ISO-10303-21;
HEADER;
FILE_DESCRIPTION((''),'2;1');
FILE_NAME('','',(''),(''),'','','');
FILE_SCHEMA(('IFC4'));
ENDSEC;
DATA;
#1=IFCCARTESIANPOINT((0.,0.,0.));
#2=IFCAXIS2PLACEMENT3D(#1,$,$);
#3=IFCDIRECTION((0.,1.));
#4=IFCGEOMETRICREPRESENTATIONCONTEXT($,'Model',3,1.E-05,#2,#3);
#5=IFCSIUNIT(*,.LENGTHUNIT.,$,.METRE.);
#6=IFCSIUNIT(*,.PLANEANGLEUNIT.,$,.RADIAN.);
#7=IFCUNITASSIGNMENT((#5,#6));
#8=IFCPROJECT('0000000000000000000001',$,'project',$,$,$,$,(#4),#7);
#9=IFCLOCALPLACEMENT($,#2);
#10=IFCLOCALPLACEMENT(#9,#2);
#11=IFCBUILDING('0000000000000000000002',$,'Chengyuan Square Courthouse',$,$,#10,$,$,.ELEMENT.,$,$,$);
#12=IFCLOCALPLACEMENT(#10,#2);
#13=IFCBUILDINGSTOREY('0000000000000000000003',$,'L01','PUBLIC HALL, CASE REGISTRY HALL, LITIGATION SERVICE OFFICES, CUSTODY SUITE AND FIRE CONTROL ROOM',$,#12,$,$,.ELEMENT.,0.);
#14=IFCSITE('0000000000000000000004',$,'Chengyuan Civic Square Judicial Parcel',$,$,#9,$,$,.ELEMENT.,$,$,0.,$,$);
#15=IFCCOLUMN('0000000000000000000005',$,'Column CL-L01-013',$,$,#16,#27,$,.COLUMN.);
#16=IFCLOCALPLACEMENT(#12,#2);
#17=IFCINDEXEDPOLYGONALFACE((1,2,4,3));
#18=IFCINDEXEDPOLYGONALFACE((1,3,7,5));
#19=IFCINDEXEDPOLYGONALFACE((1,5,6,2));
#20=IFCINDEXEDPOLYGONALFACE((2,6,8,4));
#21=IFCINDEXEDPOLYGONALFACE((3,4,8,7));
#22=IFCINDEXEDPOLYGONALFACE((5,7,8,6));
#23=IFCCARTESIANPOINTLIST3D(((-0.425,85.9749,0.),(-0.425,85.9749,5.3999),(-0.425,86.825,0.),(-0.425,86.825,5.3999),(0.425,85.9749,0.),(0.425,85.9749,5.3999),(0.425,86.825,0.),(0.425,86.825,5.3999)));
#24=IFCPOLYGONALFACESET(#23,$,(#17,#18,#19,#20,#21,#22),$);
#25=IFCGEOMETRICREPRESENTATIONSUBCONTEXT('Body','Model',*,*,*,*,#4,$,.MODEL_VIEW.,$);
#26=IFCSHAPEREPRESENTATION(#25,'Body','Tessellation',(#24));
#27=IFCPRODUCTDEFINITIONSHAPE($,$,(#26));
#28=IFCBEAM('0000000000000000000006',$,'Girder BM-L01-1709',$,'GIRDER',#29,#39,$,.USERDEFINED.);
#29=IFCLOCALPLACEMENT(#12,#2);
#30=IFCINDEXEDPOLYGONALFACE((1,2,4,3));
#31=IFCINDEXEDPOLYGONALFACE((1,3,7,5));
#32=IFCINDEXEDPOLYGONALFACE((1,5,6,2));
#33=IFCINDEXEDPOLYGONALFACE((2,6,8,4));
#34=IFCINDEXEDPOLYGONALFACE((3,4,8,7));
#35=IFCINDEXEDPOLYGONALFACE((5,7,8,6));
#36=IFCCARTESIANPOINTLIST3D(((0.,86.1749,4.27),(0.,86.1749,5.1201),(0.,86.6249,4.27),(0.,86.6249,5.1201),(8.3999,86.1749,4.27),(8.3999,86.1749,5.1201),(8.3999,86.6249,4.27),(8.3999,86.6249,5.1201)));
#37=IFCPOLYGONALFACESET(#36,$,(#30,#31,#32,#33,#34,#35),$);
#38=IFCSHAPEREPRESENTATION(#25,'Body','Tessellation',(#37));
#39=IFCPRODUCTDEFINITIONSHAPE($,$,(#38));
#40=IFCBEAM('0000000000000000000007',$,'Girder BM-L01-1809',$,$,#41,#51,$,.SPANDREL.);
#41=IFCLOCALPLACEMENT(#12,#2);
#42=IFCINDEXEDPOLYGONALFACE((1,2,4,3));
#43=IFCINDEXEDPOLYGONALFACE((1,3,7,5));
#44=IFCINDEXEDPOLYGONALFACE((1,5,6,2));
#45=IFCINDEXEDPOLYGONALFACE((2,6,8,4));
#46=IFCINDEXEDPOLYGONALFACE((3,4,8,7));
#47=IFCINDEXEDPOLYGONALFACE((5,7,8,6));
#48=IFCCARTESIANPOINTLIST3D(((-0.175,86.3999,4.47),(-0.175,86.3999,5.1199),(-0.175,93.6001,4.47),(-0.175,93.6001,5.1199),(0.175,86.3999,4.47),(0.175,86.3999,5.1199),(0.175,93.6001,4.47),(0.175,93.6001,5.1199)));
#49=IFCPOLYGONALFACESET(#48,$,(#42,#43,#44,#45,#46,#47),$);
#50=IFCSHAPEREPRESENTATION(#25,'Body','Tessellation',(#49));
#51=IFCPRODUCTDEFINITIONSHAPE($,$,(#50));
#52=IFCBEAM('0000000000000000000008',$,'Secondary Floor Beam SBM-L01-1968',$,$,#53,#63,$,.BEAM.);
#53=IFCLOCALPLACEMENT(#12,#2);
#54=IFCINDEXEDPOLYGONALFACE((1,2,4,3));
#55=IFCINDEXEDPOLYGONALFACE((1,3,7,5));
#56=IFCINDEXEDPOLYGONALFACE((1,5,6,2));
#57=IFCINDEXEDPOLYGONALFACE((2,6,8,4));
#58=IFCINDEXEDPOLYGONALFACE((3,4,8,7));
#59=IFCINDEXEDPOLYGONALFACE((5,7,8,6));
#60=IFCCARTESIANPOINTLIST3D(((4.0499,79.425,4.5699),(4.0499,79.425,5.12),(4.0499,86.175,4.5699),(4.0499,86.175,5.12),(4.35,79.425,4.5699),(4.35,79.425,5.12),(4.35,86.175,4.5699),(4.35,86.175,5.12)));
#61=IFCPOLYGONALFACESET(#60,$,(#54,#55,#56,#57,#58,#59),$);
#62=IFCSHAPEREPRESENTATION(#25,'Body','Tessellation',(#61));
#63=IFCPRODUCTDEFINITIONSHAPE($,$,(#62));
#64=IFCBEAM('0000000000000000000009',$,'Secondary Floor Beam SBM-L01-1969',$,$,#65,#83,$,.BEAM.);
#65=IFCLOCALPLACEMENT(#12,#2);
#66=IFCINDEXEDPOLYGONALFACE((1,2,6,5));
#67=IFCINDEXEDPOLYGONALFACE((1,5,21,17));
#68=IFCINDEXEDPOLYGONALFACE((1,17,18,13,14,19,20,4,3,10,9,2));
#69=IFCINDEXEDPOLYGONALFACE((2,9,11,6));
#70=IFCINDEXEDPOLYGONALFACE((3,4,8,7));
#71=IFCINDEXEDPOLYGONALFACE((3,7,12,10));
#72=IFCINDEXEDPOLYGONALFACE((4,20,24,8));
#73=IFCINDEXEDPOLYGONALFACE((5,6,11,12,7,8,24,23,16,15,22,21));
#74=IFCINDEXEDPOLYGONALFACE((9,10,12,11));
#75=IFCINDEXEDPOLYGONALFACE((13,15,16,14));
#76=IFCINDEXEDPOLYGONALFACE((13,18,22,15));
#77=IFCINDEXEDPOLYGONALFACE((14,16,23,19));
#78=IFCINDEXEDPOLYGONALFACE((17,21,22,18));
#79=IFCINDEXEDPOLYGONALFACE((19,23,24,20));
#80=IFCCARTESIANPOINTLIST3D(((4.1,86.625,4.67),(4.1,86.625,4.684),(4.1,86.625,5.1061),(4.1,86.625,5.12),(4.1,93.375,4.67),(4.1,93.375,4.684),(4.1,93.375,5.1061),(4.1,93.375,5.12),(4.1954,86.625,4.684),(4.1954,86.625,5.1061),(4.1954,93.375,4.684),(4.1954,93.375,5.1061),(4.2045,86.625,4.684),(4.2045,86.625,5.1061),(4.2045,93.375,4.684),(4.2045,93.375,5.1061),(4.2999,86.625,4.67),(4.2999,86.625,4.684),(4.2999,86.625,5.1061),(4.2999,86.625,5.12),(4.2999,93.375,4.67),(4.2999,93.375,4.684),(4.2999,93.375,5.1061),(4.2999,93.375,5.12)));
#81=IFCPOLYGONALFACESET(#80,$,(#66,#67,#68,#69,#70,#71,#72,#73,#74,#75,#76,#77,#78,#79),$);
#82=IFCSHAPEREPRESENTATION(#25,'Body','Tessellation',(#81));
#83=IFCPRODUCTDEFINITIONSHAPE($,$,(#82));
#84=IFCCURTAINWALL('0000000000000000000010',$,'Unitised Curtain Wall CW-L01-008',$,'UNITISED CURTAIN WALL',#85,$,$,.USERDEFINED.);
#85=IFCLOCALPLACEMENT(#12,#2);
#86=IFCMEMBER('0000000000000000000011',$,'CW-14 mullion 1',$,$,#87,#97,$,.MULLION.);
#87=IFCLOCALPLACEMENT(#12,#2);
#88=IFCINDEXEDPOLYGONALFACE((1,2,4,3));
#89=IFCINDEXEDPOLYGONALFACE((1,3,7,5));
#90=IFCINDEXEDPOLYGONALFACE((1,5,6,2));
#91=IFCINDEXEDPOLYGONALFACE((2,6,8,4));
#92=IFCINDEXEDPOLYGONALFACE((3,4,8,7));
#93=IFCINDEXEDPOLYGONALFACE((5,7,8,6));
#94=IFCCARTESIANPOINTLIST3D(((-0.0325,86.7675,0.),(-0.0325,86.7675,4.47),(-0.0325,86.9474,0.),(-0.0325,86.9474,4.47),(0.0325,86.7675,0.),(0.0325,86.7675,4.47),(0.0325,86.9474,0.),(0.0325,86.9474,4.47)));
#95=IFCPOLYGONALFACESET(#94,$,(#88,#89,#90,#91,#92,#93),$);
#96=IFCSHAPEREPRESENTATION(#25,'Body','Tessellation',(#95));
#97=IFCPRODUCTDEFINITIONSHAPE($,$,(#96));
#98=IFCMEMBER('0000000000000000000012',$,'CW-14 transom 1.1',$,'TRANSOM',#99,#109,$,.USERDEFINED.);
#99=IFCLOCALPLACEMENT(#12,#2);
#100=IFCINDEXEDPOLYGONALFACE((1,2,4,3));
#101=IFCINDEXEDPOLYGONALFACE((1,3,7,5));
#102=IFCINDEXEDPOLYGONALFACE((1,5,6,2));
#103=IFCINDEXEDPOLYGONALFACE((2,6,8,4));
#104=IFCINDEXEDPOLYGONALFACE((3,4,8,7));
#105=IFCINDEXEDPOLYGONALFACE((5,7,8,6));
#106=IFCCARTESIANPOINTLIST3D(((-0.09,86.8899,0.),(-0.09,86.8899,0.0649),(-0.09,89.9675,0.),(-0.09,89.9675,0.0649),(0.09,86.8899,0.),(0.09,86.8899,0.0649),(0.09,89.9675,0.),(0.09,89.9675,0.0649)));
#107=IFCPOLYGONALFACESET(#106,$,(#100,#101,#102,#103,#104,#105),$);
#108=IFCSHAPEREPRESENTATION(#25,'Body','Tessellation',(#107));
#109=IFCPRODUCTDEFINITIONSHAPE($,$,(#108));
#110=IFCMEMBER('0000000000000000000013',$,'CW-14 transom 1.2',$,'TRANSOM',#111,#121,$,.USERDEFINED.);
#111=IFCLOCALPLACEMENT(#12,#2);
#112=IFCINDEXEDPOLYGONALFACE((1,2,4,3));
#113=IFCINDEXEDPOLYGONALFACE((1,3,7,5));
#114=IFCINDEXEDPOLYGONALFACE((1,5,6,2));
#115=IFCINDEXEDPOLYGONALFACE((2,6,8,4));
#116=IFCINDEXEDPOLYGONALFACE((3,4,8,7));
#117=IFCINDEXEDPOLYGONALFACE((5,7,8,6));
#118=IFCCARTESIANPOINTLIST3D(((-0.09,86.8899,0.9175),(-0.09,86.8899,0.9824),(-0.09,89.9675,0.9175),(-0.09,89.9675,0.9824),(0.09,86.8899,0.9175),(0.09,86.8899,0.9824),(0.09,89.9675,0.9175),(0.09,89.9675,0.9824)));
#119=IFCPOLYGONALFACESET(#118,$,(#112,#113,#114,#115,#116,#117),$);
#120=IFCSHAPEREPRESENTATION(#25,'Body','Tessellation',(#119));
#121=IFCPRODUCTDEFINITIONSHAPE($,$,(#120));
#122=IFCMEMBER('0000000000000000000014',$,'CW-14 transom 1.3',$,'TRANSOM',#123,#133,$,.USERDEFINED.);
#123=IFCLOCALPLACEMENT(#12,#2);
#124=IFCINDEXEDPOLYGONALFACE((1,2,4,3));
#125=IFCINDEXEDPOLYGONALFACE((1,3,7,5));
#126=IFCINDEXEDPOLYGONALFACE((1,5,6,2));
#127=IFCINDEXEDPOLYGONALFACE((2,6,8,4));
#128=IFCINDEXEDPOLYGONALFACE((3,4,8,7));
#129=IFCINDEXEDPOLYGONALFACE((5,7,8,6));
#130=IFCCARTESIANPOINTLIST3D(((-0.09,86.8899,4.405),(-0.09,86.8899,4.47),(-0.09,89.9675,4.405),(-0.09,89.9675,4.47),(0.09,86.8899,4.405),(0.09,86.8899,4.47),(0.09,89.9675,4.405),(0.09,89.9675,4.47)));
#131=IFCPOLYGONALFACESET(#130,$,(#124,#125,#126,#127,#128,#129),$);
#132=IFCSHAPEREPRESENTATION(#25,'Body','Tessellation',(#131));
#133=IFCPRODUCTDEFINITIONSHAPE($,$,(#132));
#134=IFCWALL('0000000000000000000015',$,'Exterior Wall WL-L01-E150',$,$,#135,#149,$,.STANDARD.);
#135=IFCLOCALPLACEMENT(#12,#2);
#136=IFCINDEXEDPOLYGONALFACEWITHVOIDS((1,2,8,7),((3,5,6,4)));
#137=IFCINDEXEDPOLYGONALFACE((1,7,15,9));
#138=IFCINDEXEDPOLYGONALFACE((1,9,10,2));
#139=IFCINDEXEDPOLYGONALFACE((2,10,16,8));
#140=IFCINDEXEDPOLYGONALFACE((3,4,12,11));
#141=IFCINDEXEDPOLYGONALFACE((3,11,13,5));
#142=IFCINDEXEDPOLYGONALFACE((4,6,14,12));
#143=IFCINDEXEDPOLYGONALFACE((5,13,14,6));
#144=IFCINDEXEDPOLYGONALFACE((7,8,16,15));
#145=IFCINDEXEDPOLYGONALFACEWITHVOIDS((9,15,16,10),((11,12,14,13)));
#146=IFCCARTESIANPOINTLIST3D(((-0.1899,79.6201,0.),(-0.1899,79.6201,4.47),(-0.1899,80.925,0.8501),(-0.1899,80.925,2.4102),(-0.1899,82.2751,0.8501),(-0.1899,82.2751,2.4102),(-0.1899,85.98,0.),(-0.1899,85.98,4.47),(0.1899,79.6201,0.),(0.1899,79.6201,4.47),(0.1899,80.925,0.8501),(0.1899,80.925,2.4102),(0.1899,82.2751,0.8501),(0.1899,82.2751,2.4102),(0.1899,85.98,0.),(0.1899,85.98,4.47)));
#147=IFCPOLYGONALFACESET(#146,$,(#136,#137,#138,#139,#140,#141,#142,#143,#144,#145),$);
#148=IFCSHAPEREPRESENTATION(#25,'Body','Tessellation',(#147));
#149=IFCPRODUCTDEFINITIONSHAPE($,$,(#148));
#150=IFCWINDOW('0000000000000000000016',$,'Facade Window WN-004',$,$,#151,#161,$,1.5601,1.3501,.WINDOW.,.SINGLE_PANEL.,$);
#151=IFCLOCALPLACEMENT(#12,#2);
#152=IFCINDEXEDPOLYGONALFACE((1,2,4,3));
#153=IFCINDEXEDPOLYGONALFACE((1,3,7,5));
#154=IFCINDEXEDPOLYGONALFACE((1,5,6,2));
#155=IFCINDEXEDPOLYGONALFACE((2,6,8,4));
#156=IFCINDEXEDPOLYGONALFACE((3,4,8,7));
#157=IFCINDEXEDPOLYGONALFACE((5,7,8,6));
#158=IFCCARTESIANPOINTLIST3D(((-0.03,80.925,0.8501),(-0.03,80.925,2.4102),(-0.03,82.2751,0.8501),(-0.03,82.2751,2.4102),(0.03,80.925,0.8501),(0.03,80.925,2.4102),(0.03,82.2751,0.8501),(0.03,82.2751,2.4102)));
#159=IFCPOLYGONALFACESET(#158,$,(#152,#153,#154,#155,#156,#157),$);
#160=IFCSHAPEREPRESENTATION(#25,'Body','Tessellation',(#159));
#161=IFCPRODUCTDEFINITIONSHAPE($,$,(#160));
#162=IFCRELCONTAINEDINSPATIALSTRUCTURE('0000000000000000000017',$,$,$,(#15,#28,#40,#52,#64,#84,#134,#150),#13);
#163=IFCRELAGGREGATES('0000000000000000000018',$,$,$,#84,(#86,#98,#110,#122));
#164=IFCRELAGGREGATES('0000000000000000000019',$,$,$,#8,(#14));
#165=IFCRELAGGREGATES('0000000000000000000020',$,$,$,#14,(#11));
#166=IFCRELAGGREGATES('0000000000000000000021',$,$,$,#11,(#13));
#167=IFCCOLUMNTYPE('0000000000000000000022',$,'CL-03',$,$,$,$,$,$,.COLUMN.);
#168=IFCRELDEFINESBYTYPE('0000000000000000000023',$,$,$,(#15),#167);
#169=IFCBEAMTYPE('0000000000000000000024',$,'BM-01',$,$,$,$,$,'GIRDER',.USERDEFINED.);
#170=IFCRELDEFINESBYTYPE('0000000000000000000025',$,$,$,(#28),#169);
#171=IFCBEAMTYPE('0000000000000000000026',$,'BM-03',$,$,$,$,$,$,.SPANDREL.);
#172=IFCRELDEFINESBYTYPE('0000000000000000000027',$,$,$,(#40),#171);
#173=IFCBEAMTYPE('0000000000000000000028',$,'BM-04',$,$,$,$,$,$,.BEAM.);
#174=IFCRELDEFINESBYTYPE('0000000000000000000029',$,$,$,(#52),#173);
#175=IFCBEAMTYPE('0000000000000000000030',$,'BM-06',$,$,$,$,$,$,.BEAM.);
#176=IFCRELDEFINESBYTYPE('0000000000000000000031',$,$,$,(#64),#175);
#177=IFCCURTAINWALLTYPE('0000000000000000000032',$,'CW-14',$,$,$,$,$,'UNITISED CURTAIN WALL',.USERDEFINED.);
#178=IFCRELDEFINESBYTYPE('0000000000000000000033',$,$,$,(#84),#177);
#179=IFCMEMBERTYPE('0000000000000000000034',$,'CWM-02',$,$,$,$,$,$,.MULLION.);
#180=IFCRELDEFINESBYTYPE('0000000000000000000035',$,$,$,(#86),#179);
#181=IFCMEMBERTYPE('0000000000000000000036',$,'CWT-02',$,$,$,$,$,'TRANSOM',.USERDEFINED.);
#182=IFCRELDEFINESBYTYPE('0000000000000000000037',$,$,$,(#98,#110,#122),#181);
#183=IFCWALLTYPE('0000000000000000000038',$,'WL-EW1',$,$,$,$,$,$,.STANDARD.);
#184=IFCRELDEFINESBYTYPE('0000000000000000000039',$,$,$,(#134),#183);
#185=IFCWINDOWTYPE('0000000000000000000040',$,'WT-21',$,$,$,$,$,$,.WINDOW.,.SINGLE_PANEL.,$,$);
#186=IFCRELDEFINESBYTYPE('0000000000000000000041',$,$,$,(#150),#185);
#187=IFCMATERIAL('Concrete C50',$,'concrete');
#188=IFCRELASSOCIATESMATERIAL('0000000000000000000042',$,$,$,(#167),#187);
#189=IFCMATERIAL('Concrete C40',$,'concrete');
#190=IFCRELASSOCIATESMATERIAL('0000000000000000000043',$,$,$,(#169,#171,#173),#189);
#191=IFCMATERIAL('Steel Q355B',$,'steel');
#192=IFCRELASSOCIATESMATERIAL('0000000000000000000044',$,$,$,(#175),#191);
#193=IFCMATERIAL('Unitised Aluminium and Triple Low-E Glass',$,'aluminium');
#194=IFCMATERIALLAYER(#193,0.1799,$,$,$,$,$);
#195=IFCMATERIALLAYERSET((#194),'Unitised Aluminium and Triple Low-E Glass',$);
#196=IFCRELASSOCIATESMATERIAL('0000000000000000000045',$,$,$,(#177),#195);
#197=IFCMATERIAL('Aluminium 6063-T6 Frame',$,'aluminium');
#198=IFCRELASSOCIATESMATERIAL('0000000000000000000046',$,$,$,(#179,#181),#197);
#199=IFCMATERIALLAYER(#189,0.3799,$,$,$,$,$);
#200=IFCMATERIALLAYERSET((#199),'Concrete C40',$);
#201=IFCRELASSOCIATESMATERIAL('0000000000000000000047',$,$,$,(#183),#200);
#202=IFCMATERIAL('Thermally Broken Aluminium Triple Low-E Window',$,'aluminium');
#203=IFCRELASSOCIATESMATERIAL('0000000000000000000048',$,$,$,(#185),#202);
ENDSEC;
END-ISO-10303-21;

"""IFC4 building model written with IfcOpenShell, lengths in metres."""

from ifc_helpers import new_model, si_unit, direction, frame, frame_2d, origin, origin_2d, place, context, subcontext, project, spatial, rectangle, i_section, extrude, material, layer, layer_set, material_profile, profile_set, type_object, element, fill, aggregate, save


model = new_model("IFC4")

# Units and contexts
model_context = context("Model", 3, precision=1e-05, world=origin(), true_north=direction((0.0, 1.0)))
body_context = subcontext(model_context, "Body", "Model", "MODEL_VIEW")
ifc_project = project(units=[si_unit("LENGTHUNIT", "METRE"), si_unit("PLANEANGLEUNIT", "RADIAN")], contexts=[model_context])

# Site, building, storey
site_placement = place(None, origin())
site = spatial("IfcSite", under=ifc_project, at=site_placement, Name="Chengyuan Civic Square Judicial Parcel", CompositionType="ELEMENT", RefElevation=0.0)
building_placement = place(site_placement, origin())
building = spatial("IfcBuilding", under=site, at=building_placement, Name="Chengyuan Square Courthouse", CompositionType="ELEMENT")
storey_placement = place(building_placement, origin())
storey = spatial("IfcBuildingStorey", under=building, at=storey_placement, Name="L01", Description="PUBLIC HALL, CASE REGISTRY HALL, LITIGATION SERVICE OFFICES, CUSTODY SUITE AND FIRE CONTROL ROOM", CompositionType="ELEMENT", Elevation=0.0)

# Column
ifc_material_1 = material(Name="Concrete C50", Category="concrete")
ifc_material_profile_1 = material_profile(ifc_material_1, rectangle(XDim=0.8501, YDim=0.8501, at=origin_2d()), Name="RC-COL-850x850")
ifc_profile_set_1 = profile_set([ifc_material_profile_1], Name="Concrete C50")
column_type = type_object("IfcColumnType", Name="CL-03", PredefinedType="COLUMN", material=ifc_profile_set_1)
column_placement = place(storey_placement, frame((0.0, 86.3999, 0.0), z_axis=(0.0, 0.0, 1.0), x_axis=(1.0, 0.0, 0.0)))
element("IfcColumn", 1, at=column_placement, inside=storey, type_object=column_type, Name="Column CL-L01-013", PredefinedType="COLUMN", context=body_context, shape_type="SweptSolid", body=[
    extrude(rectangle(XDim=0.8501, YDim=0.8501, at=origin_2d()), origin(), (0.0, 0.0, 1.0), 5.3999),
])

# Beams
ifc_material_2 = material(Name="Concrete C40", Category="concrete")
ifc_material_profile_2 = material_profile(ifc_material_2, rectangle(XDim=0.45, YDim=0.8501, at=origin_2d()), Name="RC-BM-450x850")
ifc_profile_set_2 = profile_set([ifc_material_profile_2], Name="Concrete C40")
beam_type_1 = type_object("IfcBeamType", Name="BM-01", ElementType="GIRDER", PredefinedType="USERDEFINED", material=ifc_profile_set_2)
beam_1_placement = place(storey_placement, frame((0.0, 86.3999, 4.6951), z_axis=(1.0, 0.0, 0.0), x_axis=(0.0, 1.0, 0.0)))
element("IfcBeam", 2, at=beam_1_placement, inside=storey, type_object=beam_type_1, Name="Girder BM-L01-1709", ObjectType="GIRDER", PredefinedType="USERDEFINED", context=body_context, shape_type="SweptSolid", body=[
    extrude(rectangle(XDim=0.45, YDim=0.8501, at=origin_2d()), origin(), (0.0, 0.0, 1.0), 8.3999),
])
ifc_material_profile_3 = material_profile(ifc_material_2, rectangle(XDim=0.3501, YDim=0.6499, at=origin_2d()), Name="RC-BM-350x650")
ifc_profile_set_3 = profile_set([ifc_material_profile_3], Name="Concrete C40")
beam_type_2 = type_object("IfcBeamType", Name="BM-03", PredefinedType="SPANDREL", material=ifc_profile_set_3)
beam_2_placement = place(storey_placement, frame((0.0, 86.3999, 4.7949), z_axis=(0.0, 1.0, 0.0), x_axis=(-1.0, 0.0, 0.0)))
element("IfcBeam", 3, at=beam_2_placement, inside=storey, type_object=beam_type_2, Name="Girder BM-L01-1809", PredefinedType="SPANDREL", context=body_context, shape_type="SweptSolid", body=[
    extrude(rectangle(XDim=0.3501, YDim=0.6499, at=origin_2d()), origin(), (0.0, 0.0, 1.0), 7.2002),
])
ifc_material_profile_4 = material_profile(ifc_material_2, rectangle(XDim=0.3, YDim=0.55, at=origin_2d()), Name="RC-BM-300x550")
ifc_profile_set_4 = profile_set([ifc_material_profile_4], Name="Concrete C40")
beam_type_3 = type_object("IfcBeamType", Name="BM-04", PredefinedType="BEAM", material=ifc_profile_set_4)
beam_3_placement = place(storey_placement, frame((4.2, 79.425, 4.845), z_axis=(0.0, 1.0, 0.0), x_axis=(-1.0, 0.0, 0.0)))
element("IfcBeam", 4, at=beam_3_placement, inside=storey, type_object=beam_type_3, Name="Secondary Floor Beam SBM-L01-1968", PredefinedType="BEAM", context=body_context, shape_type="SweptSolid", body=[
    extrude(rectangle(XDim=0.3, YDim=0.55, at=origin_2d()), origin(), (0.0, 0.0, 1.0), 6.75),
])
ifc_material_3 = material(Name="Steel Q355B", Category="steel")
ifc_material_profile_5 = material_profile(ifc_material_3, i_section(OverallWidth=0.2, OverallDepth=0.45, WebThickness=0.009, FlangeThickness=0.0139, at=origin_2d()), Name="HN 450x200x9x14")
ifc_profile_set_5 = profile_set([ifc_material_profile_5], Name="Steel Q355B")
beam_type_4 = type_object("IfcBeamType", Name="BM-06", PredefinedType="BEAM", material=ifc_profile_set_5)
beam_4_placement = place(storey_placement, frame((4.2, 86.625, 4.895), z_axis=(0.0, 1.0, 0.0), x_axis=(-1.0, 0.0, 0.0)))
element("IfcBeam", 5, at=beam_4_placement, inside=storey, type_object=beam_type_4, Name="Secondary Floor Beam SBM-L01-1969", PredefinedType="BEAM", context=body_context, shape_type="SweptSolid", body=[
    extrude(i_section(OverallWidth=0.2, OverallDepth=0.45, WebThickness=0.009, FlangeThickness=0.0139, at=origin_2d()), origin(), (0.0, 0.0, 1.0), 6.75),
])

# Curtain wall, members
ifc_material_4 = material(Name="Unitised Aluminium and Triple Low-E Glass", Category="aluminium")
ifc_layer_1 = layer(ifc_material_4, 0.1799)
ifc_layer_set_1 = layer_set([ifc_layer_1], Name="Unitised Aluminium and Triple Low-E Glass")
curtain_wall_type = type_object("IfcCurtainWallType", Name="CW-14", ElementType="UNITISED CURTAIN WALL", PredefinedType="USERDEFINED", material=ifc_layer_set_1)
curtain_wall_placement = place(storey_placement, origin())
curtain_wall = element("IfcCurtainWall", 6, at=curtain_wall_placement, inside=storey, type_object=curtain_wall_type, Name="Unitised Curtain Wall CW-L01-008", ObjectType="UNITISED CURTAIN WALL", PredefinedType="USERDEFINED")
ifc_material_5 = material(Name="Aluminium 6063-T6 Frame", Category="aluminium")
ifc_material_profile_6 = material_profile(ifc_material_5, rectangle(XDim=0.0649, YDim=0.1799, at=origin_2d()), Name="CW-MUL-65x180")
ifc_profile_set_6 = profile_set([ifc_material_profile_6], Name="Aluminium 6063-T6 Frame")
member_type_1 = type_object("IfcMemberType", Name="CWM-02", PredefinedType="MULLION", material=ifc_profile_set_6)
member_1_placement = place(storey_placement, frame((0.0, 86.8574, 0.0), z_axis=(0.0, 0.0, 1.0), x_axis=(-1.0, 0.0, 0.0)))
member_1 = element("IfcMember", 7, at=member_1_placement, type_object=member_type_1, Name="CW-14 mullion 1", PredefinedType="MULLION", context=body_context, shape_type="SweptSolid", body=[
    extrude(rectangle(XDim=0.0649, YDim=0.1799, at=origin_2d()), origin(), (0.0, 0.0, 1.0), 4.47),
])
ifc_material_profile_7 = material_profile(ifc_material_5, rectangle(XDim=0.1799, YDim=0.0649, at=origin_2d()), Name="CW-TRN-65x140")
ifc_profile_set_7 = profile_set([ifc_material_profile_7], Name="Aluminium 6063-T6 Frame")
member_type_2 = type_object("IfcMemberType", Name="CWT-02", ElementType="TRANSOM", PredefinedType="USERDEFINED", material=ifc_profile_set_7)
member_2_placement = place(storey_placement, frame((0.0, 86.8899, 0.0325), z_axis=(0.0, 1.0, 0.0), x_axis=(-1.0, 0.0, 0.0)))
member_2 = element("IfcMember", 8, at=member_2_placement, type_object=member_type_2, Name="CW-14 transom 1.1", ObjectType="TRANSOM", PredefinedType="USERDEFINED", context=body_context, shape_type="SweptSolid", body=[
    extrude(rectangle(XDim=0.1799, YDim=0.0649, at=origin_2d()), origin(), (0.0, 0.0, 1.0), 3.0776),
])
member_3_placement = place(storey_placement, frame((0.0, 86.8899, 0.95), z_axis=(0.0, 1.0, 0.0), x_axis=(-1.0, 0.0, 0.0)))
member_3 = element("IfcMember", 9, at=member_3_placement, type_object=member_type_2, Name="CW-14 transom 1.2", ObjectType="TRANSOM", PredefinedType="USERDEFINED", context=body_context, shape_type="SweptSolid", body=[
    extrude(rectangle(XDim=0.1799, YDim=0.0649, at=origin_2d()), origin(), (0.0, 0.0, 1.0), 3.0776),
])
member_4_placement = place(storey_placement, frame((0.0, 86.8899, 4.4375), z_axis=(0.0, 1.0, 0.0), x_axis=(-1.0, 0.0, 0.0)))
member_4 = element("IfcMember", 10, at=member_4_placement, type_object=member_type_2, Name="CW-14 transom 1.3", ObjectType="TRANSOM", PredefinedType="USERDEFINED", context=body_context, shape_type="SweptSolid", body=[
    extrude(rectangle(XDim=0.1799, YDim=0.0649, at=origin_2d()), origin(), (0.0, 0.0, 1.0), 3.0776),
])
aggregate(curtain_wall, [member_1, member_2, member_3, member_4])

# Wall, opening, window
ifc_layer_2 = layer(ifc_material_2, 0.3799)
ifc_layer_set_2 = layer_set([ifc_layer_2], Name="Concrete C40")
wall_type_1 = type_object("IfcWallType", Name="WL-EW1", PredefinedType="STANDARD", material=ifc_layer_set_2)
wall_1_placement = place(storey_placement, frame((0.0, 79.6201, 0.0), z_axis=(0.0, 0.0, 1.0), x_axis=(0.0, 1.0, 0.0)))
wall_1 = element("IfcWall", 11, at=wall_1_placement, inside=storey, type_object=wall_type_1, Name="Exterior Wall WL-L01-E150", PredefinedType="STANDARD", context=body_context, shape_type="SweptSolid", body=[
    extrude(rectangle(XDim=6.3599, YDim=0.3799, at=frame_2d((3.1799, 0.0))), origin(), (0.0, 0.0, 1.0), 4.47),
])
opening_1_placement = place(wall_1_placement, frame((1.3049, 0.0, 0.8501)))
opening_1 = element("IfcOpeningElement", 12, at=opening_1_placement, cuts=wall_1, PredefinedType="OPENING", context=body_context, shape_type="SweptSolid", body=[
    extrude(rectangle(XDim=1.3501, YDim=1.5601, at=frame_2d((0.675, 0.78))), frame((0.0, 0.2019, 0.0), z_axis=(0.0, -1.0, 0.0), x_axis=(1.0, 0.0, 0.0)), (0.0, 0.0, 1.0), 0.4038),
])
ifc_material_6 = material(Name="Thermally Broken Aluminium Triple Low-E Window", Category="aluminium")
window_type = type_object("IfcWindowType", Name="WT-21", PartitioningType="SINGLE_PANEL", PredefinedType="WINDOW", material=ifc_material_6)
window_placement = place(opening_1_placement, origin())
window = element("IfcWindow", 13, at=window_placement, inside=storey, type_object=window_type, Name="Facade Window WN-004", OverallHeight=1.5601, OverallWidth=1.3501, PartitioningType="SINGLE_PANEL", PredefinedType="WINDOW", context=body_context, shape_type="SweptSolid", body=[
    extrude(rectangle(XDim=1.3501, YDim=1.5601, at=frame_2d((0.675, 0.78))), frame((0.0, 0.03, 0.0), z_axis=(0.0, -1.0, 0.0), x_axis=(1.0, 0.0, 0.0)), (0.0, 0.0, 1.0), 0.0601),
])
fill(opening_1, window)

save(model, "model.ifc")
